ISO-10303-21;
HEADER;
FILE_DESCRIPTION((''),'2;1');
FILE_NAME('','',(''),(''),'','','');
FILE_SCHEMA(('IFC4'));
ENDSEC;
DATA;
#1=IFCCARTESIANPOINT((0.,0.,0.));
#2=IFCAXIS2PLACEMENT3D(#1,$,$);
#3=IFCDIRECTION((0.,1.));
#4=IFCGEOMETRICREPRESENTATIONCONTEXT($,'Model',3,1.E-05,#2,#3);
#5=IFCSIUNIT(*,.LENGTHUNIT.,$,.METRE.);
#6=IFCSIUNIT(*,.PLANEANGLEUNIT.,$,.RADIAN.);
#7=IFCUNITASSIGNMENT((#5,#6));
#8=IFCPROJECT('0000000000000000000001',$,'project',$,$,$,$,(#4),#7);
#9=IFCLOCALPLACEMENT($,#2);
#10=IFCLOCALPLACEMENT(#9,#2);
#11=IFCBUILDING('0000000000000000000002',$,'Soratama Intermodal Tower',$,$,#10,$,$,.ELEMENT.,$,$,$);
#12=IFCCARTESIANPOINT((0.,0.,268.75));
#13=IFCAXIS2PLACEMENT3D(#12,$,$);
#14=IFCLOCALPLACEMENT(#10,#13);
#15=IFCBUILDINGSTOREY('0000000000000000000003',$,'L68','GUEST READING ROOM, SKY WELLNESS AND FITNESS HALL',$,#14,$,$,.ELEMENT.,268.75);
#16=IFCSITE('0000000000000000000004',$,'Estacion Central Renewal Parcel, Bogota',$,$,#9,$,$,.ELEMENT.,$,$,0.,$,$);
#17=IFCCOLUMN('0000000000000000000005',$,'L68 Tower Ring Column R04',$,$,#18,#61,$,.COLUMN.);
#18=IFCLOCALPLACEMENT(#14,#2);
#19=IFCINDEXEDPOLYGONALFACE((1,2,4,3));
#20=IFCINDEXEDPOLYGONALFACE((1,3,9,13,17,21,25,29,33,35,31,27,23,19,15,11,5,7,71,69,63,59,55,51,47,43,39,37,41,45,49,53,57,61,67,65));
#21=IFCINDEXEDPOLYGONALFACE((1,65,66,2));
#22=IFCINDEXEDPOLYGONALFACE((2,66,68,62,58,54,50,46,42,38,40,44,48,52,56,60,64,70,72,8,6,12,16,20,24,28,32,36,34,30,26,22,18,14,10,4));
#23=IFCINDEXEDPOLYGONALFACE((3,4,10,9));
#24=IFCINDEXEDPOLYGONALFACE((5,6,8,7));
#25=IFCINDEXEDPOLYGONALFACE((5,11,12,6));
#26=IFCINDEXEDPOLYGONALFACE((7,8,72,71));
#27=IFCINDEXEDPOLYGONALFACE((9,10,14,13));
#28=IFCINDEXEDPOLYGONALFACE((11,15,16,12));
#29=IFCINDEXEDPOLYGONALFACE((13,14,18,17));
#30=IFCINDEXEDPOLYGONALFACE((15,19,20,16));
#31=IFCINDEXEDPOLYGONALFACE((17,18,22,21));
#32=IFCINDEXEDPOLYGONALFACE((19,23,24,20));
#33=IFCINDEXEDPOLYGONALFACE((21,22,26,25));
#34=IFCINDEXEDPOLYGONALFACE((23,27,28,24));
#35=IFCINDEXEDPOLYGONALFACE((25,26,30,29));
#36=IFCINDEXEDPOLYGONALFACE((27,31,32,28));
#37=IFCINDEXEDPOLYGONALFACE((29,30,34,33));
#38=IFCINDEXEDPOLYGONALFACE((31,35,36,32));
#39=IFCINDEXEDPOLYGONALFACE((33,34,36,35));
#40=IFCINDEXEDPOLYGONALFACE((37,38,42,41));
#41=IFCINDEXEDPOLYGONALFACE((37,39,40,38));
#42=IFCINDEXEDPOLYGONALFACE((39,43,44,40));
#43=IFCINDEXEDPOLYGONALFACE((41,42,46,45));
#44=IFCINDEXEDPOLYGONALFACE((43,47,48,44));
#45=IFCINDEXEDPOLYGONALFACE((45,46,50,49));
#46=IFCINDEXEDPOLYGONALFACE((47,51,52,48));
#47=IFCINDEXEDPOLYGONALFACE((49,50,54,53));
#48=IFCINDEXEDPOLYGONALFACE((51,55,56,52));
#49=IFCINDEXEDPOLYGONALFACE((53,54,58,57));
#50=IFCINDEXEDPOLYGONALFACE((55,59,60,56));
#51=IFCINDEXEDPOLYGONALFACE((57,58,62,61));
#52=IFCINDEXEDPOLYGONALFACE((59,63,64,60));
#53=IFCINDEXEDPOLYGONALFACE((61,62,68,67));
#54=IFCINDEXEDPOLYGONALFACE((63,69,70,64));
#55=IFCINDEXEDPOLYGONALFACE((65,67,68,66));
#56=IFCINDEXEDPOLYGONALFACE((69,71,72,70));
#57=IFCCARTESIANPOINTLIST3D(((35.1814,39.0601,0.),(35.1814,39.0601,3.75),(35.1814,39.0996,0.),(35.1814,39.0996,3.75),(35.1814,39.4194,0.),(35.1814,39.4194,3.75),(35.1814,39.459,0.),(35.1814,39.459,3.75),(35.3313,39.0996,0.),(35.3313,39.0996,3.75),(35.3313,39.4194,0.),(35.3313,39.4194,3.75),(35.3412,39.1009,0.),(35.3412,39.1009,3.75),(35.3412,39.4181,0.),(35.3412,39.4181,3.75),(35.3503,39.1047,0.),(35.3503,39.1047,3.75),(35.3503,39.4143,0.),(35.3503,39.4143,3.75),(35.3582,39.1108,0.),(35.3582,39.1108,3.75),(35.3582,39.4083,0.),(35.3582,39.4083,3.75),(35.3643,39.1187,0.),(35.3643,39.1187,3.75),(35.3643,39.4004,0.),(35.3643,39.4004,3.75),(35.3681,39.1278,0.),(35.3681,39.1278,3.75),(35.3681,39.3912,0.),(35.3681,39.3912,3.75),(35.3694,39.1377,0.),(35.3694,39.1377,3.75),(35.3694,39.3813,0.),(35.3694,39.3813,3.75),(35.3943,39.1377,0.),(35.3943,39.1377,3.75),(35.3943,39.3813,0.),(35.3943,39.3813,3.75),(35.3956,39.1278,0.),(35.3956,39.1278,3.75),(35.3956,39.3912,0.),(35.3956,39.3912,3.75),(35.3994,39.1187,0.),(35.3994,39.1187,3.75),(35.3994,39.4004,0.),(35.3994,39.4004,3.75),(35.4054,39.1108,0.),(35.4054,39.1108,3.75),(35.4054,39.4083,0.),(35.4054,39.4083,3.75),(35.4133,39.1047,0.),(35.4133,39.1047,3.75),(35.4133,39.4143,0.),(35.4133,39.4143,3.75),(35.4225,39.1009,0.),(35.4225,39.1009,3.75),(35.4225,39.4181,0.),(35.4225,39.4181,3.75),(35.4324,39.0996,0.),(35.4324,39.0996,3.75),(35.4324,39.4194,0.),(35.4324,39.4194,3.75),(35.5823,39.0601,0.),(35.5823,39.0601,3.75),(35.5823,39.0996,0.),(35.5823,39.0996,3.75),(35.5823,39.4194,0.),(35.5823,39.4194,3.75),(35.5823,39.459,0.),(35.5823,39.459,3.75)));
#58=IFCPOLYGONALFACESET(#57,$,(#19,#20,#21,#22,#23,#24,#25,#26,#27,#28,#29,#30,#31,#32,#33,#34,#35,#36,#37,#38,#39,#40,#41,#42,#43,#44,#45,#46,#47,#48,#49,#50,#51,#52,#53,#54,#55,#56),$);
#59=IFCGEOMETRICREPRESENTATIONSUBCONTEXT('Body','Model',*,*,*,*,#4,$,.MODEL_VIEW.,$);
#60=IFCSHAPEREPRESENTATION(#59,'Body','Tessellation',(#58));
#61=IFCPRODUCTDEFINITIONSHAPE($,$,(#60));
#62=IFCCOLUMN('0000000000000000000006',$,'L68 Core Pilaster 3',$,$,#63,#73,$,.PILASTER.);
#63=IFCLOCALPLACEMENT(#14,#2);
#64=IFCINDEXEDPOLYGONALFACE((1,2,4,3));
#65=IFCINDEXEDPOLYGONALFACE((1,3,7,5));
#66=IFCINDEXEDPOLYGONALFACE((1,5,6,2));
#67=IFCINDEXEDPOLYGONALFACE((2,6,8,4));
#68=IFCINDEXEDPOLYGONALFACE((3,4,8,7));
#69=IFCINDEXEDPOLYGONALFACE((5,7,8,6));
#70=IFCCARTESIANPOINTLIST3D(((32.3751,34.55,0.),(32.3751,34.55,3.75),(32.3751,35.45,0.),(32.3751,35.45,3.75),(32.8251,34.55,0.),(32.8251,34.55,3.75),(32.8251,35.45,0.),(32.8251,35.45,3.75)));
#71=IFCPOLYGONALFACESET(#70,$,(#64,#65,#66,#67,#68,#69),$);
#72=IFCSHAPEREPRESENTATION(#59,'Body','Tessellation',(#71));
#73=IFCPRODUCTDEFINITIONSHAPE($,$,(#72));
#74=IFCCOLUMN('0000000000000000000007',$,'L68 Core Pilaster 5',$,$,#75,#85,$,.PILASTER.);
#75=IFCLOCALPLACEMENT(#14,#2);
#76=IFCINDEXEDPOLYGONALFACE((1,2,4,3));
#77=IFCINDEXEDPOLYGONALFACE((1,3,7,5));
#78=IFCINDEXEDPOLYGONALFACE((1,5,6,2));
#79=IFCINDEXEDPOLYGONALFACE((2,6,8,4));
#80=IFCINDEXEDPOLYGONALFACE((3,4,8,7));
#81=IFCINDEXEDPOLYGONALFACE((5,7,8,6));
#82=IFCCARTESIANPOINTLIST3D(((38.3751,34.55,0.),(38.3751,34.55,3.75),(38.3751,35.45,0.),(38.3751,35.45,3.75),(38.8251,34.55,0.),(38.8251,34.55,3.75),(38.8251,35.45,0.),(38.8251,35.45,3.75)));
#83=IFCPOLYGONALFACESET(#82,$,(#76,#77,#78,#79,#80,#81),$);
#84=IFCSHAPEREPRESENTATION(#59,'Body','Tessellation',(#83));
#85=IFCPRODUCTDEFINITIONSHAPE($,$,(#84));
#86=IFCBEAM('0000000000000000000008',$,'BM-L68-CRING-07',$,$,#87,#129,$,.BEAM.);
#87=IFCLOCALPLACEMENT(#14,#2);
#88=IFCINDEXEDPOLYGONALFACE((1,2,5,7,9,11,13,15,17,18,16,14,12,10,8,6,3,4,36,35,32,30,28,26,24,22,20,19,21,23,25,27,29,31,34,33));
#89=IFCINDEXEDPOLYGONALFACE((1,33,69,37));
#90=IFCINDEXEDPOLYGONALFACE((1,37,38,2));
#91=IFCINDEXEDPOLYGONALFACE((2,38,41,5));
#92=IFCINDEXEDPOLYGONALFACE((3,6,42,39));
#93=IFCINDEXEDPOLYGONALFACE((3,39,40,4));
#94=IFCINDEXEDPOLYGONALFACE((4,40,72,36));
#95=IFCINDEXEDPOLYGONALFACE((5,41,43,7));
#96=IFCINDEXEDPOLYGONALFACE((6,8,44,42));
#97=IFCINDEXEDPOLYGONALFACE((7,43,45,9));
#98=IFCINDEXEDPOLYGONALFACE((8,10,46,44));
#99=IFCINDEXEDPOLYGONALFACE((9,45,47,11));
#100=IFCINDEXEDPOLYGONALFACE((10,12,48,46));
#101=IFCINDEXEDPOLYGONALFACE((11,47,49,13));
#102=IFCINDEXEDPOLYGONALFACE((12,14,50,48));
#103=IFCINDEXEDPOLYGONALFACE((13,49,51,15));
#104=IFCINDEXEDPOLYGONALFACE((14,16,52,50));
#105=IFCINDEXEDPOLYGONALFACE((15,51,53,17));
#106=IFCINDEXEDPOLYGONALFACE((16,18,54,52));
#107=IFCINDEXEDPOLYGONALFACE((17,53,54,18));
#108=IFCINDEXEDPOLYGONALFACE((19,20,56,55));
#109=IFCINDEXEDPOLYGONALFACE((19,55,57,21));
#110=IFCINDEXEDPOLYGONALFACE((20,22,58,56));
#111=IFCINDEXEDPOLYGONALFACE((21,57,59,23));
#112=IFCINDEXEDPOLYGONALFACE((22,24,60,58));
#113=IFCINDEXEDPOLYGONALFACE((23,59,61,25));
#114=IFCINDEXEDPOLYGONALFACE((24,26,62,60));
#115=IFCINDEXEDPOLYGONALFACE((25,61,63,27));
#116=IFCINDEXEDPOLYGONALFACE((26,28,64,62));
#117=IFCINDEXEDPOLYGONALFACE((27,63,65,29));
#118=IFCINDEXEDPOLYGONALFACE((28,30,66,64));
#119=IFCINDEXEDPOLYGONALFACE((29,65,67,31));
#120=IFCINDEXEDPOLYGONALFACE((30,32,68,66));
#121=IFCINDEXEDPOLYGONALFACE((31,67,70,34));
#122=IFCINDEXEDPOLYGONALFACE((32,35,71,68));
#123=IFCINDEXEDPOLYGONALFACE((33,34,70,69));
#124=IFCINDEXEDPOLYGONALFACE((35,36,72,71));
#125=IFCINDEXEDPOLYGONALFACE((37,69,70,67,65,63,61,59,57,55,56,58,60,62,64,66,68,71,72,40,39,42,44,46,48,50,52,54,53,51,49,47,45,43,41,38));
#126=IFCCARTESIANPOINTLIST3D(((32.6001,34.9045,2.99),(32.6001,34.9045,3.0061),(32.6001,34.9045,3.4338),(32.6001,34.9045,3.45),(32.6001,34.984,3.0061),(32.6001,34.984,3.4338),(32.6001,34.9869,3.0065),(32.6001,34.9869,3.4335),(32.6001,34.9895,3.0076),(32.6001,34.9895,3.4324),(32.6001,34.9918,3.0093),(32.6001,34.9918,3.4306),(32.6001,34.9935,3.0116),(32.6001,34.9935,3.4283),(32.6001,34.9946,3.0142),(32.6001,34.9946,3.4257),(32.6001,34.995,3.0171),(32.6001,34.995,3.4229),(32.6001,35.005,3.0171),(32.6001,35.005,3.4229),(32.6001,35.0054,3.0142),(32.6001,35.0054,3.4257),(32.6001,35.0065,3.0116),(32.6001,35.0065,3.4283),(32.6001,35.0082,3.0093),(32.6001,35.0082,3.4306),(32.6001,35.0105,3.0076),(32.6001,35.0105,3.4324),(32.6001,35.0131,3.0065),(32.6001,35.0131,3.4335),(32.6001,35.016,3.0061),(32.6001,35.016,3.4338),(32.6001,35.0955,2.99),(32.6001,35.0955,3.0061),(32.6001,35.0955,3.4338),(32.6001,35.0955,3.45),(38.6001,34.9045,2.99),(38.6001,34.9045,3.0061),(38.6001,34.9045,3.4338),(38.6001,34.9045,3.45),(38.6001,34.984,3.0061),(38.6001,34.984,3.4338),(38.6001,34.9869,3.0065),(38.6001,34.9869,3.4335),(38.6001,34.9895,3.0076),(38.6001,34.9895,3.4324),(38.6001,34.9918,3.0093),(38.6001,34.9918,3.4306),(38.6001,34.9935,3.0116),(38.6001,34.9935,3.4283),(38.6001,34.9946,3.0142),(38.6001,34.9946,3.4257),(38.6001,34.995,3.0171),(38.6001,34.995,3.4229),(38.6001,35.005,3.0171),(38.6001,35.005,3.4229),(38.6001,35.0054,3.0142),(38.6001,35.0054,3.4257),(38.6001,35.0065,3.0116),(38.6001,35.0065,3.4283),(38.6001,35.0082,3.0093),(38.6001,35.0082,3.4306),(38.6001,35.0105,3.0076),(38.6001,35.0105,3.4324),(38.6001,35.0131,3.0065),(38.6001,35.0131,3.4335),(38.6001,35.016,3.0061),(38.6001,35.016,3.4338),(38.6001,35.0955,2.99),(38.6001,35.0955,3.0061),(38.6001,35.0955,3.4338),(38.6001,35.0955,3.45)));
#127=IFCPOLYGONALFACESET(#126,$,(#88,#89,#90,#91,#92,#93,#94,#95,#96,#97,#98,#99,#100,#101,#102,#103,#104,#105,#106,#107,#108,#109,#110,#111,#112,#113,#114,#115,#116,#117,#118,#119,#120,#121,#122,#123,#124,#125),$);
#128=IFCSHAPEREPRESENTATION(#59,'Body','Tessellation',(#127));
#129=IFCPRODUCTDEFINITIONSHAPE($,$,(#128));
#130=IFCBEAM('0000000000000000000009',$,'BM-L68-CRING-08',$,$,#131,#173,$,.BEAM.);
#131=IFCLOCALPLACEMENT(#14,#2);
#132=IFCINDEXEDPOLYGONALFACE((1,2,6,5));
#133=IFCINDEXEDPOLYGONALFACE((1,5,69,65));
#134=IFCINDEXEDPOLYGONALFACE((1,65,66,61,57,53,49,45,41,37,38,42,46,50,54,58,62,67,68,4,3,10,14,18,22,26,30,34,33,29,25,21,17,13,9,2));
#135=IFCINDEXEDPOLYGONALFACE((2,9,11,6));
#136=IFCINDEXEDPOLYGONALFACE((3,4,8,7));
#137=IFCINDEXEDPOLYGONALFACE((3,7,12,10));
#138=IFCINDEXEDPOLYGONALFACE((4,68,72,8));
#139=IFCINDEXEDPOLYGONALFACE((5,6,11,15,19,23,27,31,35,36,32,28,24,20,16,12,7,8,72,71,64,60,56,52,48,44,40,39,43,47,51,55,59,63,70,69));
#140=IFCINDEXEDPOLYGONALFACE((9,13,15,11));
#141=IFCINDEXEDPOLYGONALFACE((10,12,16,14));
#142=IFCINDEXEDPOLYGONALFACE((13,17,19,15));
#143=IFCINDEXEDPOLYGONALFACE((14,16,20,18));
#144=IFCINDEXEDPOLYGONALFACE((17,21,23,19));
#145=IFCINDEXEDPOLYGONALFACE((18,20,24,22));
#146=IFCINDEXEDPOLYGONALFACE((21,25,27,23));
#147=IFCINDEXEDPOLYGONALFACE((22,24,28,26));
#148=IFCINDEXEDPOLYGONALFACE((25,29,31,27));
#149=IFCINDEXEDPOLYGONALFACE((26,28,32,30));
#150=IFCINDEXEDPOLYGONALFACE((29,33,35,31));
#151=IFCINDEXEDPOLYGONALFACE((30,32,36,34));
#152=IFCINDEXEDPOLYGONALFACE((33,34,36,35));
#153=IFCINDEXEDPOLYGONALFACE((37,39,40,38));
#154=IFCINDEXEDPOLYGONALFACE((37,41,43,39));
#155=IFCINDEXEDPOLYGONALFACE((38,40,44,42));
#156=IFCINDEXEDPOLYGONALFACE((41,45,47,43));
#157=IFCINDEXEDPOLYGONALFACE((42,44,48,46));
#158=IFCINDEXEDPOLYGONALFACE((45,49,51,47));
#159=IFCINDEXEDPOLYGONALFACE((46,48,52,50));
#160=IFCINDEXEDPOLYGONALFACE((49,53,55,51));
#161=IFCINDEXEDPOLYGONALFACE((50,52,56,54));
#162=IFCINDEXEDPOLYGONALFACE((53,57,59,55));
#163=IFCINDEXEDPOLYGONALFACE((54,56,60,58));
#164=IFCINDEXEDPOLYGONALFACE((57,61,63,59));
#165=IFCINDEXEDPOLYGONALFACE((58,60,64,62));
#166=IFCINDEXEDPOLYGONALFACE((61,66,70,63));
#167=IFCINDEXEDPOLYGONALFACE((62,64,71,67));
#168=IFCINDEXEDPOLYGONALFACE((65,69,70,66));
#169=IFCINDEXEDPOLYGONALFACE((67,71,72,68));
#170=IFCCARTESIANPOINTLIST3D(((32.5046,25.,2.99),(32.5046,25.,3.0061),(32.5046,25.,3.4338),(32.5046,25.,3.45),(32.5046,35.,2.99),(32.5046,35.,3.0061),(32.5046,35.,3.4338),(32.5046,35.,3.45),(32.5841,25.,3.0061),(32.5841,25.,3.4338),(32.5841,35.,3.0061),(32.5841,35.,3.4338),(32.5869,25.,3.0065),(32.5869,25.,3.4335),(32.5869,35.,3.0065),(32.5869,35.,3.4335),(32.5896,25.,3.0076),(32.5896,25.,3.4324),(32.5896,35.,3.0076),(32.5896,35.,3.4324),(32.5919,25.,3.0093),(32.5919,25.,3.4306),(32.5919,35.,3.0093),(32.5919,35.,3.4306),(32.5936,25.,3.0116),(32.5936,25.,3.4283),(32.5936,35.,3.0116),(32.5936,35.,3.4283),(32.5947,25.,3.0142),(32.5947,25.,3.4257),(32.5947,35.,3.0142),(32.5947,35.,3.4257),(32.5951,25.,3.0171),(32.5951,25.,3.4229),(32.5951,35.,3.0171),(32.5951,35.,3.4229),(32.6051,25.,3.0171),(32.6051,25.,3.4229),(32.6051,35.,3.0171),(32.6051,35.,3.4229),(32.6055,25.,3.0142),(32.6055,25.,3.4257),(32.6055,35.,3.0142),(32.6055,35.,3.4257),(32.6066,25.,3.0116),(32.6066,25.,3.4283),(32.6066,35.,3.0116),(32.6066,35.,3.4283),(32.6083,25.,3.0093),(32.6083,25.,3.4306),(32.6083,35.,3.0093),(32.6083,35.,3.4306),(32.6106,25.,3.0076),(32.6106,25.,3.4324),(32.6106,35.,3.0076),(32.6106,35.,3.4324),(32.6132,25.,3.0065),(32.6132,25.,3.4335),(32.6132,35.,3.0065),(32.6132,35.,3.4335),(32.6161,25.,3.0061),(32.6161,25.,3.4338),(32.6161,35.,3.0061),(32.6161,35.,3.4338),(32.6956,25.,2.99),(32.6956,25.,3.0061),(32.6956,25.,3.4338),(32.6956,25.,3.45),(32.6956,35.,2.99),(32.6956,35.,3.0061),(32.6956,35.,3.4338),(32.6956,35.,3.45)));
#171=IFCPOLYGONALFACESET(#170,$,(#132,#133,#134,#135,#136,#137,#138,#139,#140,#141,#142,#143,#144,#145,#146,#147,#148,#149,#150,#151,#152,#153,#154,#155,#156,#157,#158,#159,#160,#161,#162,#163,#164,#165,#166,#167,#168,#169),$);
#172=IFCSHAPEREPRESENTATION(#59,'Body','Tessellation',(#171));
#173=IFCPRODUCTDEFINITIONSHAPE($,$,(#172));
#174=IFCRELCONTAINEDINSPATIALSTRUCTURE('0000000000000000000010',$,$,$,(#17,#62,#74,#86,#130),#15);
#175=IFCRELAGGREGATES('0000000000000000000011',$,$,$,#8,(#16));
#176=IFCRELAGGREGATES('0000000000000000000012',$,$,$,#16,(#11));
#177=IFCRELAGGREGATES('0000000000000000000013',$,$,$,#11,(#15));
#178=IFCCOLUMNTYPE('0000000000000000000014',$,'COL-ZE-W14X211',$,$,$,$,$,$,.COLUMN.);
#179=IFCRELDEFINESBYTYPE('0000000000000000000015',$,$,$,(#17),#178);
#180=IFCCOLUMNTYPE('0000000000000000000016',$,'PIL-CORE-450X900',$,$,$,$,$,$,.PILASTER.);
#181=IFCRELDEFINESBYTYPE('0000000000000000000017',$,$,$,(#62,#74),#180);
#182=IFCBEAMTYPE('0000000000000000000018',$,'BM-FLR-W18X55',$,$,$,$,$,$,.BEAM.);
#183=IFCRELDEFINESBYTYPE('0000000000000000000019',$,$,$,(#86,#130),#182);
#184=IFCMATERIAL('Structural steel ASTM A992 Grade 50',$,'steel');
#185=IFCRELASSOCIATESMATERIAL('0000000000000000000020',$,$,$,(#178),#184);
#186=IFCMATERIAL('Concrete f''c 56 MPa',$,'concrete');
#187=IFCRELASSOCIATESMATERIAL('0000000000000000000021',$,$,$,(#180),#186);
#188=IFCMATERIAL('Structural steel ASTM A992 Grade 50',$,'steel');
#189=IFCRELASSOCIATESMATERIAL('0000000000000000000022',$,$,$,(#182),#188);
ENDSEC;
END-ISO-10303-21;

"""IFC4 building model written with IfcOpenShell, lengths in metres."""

from ifc_helpers import new_model, si_unit, direction, frame, origin, origin_2d, place, context, subcontext, project, spatial, rectangle, i_section, extrude, material, material_profile, profile_set, type_object, element, save


model = new_model("IFC4")

# Units and contexts
model_context = context("Model", 3, precision=1e-05, world=origin(), true_north=direction((0.0, 1.0)))
body_context = subcontext(model_context, "Body", "Model", "MODEL_VIEW")
ifc_project = project(units=[si_unit("LENGTHUNIT", "METRE"), si_unit("PLANEANGLEUNIT", "RADIAN")], contexts=[model_context])

# Site, building, storey
site_placement = place(None, origin())
site = spatial("IfcSite", under=ifc_project, at=site_placement, Name="Estacion Central Renewal Parcel, Bogota", CompositionType="ELEMENT", RefElevation=0.0)
building_placement = place(site_placement, origin())
building = spatial("IfcBuilding", under=site, at=building_placement, Name="Soratama Intermodal Tower", CompositionType="ELEMENT")
storey_placement = place(building_placement, frame((0.0, 0.0, 268.75)))
storey = spatial("IfcBuildingStorey", under=building, at=storey_placement, Name="L68", Description="GUEST READING ROOM, SKY WELLNESS AND FITNESS HALL", CompositionType="ELEMENT", Elevation=268.75)

# Columns
ifc_material_1 = material(Name="Structural steel ASTM A992 Grade 50", Category="steel")
ifc_material_profile_1 = material_profile(ifc_material_1, i_section(OverallWidth=0.4009, OverallDepth=0.3989, WebThickness=0.0249, FlangeThickness=0.0396, FilletRadius=0.0381, at=origin_2d()), Name="W14X211")
ifc_profile_set_1 = profile_set([ifc_material_profile_1], Name="Structural steel ASTM A992 Grade 50")
column_type_1 = type_object("IfcColumnType", Name="COL-ZE-W14X211", PredefinedType="COLUMN", material=ifc_profile_set_1)
column_placement = place(storey_placement, frame((35.3818, 39.2595, 0.0), z_axis=(0.0, 0.0, 1.0), x_axis=(1.0, 0.0, 0.0)))
element("IfcColumn", 1, at=column_placement, inside=storey, type_object=column_type_1, Name="L68 Tower Ring Column R04", PredefinedType="COLUMN", context=body_context, shape_type="SweptSolid", body=[
    extrude(i_section(OverallWidth=0.4009, OverallDepth=0.3989, WebThickness=0.0249, FlangeThickness=0.0396, FilletRadius=0.0381, at=origin_2d()), origin(), (0.0, 0.0, 1.0), 3.75),
])
ifc_material_2 = material(Name="Concrete f'c 56 MPa", Category="concrete")
ifc_material_profile_2 = material_profile(ifc_material_2, rectangle(XDim=0.45, YDim=0.8999, at=origin_2d()), Name="RC450X900")
ifc_profile_set_2 = profile_set([ifc_material_profile_2], Name="Concrete f'c 56 MPa")
column_type_2 = type_object("IfcColumnType", Name="PIL-CORE-450X900", PredefinedType="PILASTER", material=ifc_profile_set_2)
for number, where, z_axis, x_axis, name in (
    (2, (32.6001, 35.0, 0.0), (0.0, 0.0, 1.0), (1.0, 0.0, 0.0), "L68 Core Pilaster 3"),
    (3, (38.6001, 35.0, 0.0), (0.0, 0.0, 1.0), (1.0, 0.0, 0.0), "L68 Core Pilaster 5"),
):
    element("IfcColumn", number, at=place(storey_placement, frame(where, z_axis=z_axis, x_axis=x_axis)), inside=storey, type_object=column_type_2, Name=name, PredefinedType="PILASTER", context=body_context, shape_type="SweptSolid", body=[
        extrude(rectangle(XDim=0.45, YDim=0.8999, at=origin_2d()), origin(), (0.0, 0.0, 1.0), 3.75),
    ])

# Beams
ifc_material_3 = material(Name="Structural steel ASTM A992 Grade 50", Category="steel")
ifc_material_profile_3 = material_profile(ifc_material_3, i_section(OverallWidth=0.1909, OverallDepth=0.46, WebThickness=0.01, FlangeThickness=0.0161, FilletRadius=0.011, at=origin_2d()), Name="W18X55")
ifc_profile_set_3 = profile_set([ifc_material_profile_3], Name="Structural steel ASTM A992 Grade 50")
beam_type_1 = type_object("IfcBeamType", Name="BM-FLR-W18X55", PredefinedType="BEAM", material=ifc_profile_set_3)
beam_1_placement = place(storey_placement, frame((38.6001, 35.0, 3.22), z_axis=(-1.0, 0.0, 0.0), x_axis=(0.0, -1.0, 0.0)))
element("IfcBeam", 4, at=beam_1_placement, inside=storey, type_object=beam_type_1, Name="BM-L68-CRING-07", PredefinedType="BEAM", context=body_context, shape_type="SweptSolid", body=[
    extrude(i_section(OverallWidth=0.1909, OverallDepth=0.46, WebThickness=0.01, FlangeThickness=0.0161, FilletRadius=0.011, at=origin_2d()), origin(), (0.0, 0.0, 1.0), 6.0),
])
beam_2_placement = place(storey_placement, frame((32.6001, 35.0, 3.22), z_axis=(0.0, -1.0, 0.0), x_axis=(1.0, 0.0, 0.0)))
element("IfcBeam", 5, at=beam_2_placement, inside=storey, type_object=beam_type_1, Name="BM-L68-CRING-08", PredefinedType="BEAM", context=body_context, shape_type="SweptSolid", body=[
    extrude(i_section(OverallWidth=0.1909, OverallDepth=0.46, WebThickness=0.01, FlangeThickness=0.0161, FilletRadius=0.011, at=origin_2d()), origin(), (0.0, 0.0, 1.0), 10.0),
])

save(model, "model.ifc")
